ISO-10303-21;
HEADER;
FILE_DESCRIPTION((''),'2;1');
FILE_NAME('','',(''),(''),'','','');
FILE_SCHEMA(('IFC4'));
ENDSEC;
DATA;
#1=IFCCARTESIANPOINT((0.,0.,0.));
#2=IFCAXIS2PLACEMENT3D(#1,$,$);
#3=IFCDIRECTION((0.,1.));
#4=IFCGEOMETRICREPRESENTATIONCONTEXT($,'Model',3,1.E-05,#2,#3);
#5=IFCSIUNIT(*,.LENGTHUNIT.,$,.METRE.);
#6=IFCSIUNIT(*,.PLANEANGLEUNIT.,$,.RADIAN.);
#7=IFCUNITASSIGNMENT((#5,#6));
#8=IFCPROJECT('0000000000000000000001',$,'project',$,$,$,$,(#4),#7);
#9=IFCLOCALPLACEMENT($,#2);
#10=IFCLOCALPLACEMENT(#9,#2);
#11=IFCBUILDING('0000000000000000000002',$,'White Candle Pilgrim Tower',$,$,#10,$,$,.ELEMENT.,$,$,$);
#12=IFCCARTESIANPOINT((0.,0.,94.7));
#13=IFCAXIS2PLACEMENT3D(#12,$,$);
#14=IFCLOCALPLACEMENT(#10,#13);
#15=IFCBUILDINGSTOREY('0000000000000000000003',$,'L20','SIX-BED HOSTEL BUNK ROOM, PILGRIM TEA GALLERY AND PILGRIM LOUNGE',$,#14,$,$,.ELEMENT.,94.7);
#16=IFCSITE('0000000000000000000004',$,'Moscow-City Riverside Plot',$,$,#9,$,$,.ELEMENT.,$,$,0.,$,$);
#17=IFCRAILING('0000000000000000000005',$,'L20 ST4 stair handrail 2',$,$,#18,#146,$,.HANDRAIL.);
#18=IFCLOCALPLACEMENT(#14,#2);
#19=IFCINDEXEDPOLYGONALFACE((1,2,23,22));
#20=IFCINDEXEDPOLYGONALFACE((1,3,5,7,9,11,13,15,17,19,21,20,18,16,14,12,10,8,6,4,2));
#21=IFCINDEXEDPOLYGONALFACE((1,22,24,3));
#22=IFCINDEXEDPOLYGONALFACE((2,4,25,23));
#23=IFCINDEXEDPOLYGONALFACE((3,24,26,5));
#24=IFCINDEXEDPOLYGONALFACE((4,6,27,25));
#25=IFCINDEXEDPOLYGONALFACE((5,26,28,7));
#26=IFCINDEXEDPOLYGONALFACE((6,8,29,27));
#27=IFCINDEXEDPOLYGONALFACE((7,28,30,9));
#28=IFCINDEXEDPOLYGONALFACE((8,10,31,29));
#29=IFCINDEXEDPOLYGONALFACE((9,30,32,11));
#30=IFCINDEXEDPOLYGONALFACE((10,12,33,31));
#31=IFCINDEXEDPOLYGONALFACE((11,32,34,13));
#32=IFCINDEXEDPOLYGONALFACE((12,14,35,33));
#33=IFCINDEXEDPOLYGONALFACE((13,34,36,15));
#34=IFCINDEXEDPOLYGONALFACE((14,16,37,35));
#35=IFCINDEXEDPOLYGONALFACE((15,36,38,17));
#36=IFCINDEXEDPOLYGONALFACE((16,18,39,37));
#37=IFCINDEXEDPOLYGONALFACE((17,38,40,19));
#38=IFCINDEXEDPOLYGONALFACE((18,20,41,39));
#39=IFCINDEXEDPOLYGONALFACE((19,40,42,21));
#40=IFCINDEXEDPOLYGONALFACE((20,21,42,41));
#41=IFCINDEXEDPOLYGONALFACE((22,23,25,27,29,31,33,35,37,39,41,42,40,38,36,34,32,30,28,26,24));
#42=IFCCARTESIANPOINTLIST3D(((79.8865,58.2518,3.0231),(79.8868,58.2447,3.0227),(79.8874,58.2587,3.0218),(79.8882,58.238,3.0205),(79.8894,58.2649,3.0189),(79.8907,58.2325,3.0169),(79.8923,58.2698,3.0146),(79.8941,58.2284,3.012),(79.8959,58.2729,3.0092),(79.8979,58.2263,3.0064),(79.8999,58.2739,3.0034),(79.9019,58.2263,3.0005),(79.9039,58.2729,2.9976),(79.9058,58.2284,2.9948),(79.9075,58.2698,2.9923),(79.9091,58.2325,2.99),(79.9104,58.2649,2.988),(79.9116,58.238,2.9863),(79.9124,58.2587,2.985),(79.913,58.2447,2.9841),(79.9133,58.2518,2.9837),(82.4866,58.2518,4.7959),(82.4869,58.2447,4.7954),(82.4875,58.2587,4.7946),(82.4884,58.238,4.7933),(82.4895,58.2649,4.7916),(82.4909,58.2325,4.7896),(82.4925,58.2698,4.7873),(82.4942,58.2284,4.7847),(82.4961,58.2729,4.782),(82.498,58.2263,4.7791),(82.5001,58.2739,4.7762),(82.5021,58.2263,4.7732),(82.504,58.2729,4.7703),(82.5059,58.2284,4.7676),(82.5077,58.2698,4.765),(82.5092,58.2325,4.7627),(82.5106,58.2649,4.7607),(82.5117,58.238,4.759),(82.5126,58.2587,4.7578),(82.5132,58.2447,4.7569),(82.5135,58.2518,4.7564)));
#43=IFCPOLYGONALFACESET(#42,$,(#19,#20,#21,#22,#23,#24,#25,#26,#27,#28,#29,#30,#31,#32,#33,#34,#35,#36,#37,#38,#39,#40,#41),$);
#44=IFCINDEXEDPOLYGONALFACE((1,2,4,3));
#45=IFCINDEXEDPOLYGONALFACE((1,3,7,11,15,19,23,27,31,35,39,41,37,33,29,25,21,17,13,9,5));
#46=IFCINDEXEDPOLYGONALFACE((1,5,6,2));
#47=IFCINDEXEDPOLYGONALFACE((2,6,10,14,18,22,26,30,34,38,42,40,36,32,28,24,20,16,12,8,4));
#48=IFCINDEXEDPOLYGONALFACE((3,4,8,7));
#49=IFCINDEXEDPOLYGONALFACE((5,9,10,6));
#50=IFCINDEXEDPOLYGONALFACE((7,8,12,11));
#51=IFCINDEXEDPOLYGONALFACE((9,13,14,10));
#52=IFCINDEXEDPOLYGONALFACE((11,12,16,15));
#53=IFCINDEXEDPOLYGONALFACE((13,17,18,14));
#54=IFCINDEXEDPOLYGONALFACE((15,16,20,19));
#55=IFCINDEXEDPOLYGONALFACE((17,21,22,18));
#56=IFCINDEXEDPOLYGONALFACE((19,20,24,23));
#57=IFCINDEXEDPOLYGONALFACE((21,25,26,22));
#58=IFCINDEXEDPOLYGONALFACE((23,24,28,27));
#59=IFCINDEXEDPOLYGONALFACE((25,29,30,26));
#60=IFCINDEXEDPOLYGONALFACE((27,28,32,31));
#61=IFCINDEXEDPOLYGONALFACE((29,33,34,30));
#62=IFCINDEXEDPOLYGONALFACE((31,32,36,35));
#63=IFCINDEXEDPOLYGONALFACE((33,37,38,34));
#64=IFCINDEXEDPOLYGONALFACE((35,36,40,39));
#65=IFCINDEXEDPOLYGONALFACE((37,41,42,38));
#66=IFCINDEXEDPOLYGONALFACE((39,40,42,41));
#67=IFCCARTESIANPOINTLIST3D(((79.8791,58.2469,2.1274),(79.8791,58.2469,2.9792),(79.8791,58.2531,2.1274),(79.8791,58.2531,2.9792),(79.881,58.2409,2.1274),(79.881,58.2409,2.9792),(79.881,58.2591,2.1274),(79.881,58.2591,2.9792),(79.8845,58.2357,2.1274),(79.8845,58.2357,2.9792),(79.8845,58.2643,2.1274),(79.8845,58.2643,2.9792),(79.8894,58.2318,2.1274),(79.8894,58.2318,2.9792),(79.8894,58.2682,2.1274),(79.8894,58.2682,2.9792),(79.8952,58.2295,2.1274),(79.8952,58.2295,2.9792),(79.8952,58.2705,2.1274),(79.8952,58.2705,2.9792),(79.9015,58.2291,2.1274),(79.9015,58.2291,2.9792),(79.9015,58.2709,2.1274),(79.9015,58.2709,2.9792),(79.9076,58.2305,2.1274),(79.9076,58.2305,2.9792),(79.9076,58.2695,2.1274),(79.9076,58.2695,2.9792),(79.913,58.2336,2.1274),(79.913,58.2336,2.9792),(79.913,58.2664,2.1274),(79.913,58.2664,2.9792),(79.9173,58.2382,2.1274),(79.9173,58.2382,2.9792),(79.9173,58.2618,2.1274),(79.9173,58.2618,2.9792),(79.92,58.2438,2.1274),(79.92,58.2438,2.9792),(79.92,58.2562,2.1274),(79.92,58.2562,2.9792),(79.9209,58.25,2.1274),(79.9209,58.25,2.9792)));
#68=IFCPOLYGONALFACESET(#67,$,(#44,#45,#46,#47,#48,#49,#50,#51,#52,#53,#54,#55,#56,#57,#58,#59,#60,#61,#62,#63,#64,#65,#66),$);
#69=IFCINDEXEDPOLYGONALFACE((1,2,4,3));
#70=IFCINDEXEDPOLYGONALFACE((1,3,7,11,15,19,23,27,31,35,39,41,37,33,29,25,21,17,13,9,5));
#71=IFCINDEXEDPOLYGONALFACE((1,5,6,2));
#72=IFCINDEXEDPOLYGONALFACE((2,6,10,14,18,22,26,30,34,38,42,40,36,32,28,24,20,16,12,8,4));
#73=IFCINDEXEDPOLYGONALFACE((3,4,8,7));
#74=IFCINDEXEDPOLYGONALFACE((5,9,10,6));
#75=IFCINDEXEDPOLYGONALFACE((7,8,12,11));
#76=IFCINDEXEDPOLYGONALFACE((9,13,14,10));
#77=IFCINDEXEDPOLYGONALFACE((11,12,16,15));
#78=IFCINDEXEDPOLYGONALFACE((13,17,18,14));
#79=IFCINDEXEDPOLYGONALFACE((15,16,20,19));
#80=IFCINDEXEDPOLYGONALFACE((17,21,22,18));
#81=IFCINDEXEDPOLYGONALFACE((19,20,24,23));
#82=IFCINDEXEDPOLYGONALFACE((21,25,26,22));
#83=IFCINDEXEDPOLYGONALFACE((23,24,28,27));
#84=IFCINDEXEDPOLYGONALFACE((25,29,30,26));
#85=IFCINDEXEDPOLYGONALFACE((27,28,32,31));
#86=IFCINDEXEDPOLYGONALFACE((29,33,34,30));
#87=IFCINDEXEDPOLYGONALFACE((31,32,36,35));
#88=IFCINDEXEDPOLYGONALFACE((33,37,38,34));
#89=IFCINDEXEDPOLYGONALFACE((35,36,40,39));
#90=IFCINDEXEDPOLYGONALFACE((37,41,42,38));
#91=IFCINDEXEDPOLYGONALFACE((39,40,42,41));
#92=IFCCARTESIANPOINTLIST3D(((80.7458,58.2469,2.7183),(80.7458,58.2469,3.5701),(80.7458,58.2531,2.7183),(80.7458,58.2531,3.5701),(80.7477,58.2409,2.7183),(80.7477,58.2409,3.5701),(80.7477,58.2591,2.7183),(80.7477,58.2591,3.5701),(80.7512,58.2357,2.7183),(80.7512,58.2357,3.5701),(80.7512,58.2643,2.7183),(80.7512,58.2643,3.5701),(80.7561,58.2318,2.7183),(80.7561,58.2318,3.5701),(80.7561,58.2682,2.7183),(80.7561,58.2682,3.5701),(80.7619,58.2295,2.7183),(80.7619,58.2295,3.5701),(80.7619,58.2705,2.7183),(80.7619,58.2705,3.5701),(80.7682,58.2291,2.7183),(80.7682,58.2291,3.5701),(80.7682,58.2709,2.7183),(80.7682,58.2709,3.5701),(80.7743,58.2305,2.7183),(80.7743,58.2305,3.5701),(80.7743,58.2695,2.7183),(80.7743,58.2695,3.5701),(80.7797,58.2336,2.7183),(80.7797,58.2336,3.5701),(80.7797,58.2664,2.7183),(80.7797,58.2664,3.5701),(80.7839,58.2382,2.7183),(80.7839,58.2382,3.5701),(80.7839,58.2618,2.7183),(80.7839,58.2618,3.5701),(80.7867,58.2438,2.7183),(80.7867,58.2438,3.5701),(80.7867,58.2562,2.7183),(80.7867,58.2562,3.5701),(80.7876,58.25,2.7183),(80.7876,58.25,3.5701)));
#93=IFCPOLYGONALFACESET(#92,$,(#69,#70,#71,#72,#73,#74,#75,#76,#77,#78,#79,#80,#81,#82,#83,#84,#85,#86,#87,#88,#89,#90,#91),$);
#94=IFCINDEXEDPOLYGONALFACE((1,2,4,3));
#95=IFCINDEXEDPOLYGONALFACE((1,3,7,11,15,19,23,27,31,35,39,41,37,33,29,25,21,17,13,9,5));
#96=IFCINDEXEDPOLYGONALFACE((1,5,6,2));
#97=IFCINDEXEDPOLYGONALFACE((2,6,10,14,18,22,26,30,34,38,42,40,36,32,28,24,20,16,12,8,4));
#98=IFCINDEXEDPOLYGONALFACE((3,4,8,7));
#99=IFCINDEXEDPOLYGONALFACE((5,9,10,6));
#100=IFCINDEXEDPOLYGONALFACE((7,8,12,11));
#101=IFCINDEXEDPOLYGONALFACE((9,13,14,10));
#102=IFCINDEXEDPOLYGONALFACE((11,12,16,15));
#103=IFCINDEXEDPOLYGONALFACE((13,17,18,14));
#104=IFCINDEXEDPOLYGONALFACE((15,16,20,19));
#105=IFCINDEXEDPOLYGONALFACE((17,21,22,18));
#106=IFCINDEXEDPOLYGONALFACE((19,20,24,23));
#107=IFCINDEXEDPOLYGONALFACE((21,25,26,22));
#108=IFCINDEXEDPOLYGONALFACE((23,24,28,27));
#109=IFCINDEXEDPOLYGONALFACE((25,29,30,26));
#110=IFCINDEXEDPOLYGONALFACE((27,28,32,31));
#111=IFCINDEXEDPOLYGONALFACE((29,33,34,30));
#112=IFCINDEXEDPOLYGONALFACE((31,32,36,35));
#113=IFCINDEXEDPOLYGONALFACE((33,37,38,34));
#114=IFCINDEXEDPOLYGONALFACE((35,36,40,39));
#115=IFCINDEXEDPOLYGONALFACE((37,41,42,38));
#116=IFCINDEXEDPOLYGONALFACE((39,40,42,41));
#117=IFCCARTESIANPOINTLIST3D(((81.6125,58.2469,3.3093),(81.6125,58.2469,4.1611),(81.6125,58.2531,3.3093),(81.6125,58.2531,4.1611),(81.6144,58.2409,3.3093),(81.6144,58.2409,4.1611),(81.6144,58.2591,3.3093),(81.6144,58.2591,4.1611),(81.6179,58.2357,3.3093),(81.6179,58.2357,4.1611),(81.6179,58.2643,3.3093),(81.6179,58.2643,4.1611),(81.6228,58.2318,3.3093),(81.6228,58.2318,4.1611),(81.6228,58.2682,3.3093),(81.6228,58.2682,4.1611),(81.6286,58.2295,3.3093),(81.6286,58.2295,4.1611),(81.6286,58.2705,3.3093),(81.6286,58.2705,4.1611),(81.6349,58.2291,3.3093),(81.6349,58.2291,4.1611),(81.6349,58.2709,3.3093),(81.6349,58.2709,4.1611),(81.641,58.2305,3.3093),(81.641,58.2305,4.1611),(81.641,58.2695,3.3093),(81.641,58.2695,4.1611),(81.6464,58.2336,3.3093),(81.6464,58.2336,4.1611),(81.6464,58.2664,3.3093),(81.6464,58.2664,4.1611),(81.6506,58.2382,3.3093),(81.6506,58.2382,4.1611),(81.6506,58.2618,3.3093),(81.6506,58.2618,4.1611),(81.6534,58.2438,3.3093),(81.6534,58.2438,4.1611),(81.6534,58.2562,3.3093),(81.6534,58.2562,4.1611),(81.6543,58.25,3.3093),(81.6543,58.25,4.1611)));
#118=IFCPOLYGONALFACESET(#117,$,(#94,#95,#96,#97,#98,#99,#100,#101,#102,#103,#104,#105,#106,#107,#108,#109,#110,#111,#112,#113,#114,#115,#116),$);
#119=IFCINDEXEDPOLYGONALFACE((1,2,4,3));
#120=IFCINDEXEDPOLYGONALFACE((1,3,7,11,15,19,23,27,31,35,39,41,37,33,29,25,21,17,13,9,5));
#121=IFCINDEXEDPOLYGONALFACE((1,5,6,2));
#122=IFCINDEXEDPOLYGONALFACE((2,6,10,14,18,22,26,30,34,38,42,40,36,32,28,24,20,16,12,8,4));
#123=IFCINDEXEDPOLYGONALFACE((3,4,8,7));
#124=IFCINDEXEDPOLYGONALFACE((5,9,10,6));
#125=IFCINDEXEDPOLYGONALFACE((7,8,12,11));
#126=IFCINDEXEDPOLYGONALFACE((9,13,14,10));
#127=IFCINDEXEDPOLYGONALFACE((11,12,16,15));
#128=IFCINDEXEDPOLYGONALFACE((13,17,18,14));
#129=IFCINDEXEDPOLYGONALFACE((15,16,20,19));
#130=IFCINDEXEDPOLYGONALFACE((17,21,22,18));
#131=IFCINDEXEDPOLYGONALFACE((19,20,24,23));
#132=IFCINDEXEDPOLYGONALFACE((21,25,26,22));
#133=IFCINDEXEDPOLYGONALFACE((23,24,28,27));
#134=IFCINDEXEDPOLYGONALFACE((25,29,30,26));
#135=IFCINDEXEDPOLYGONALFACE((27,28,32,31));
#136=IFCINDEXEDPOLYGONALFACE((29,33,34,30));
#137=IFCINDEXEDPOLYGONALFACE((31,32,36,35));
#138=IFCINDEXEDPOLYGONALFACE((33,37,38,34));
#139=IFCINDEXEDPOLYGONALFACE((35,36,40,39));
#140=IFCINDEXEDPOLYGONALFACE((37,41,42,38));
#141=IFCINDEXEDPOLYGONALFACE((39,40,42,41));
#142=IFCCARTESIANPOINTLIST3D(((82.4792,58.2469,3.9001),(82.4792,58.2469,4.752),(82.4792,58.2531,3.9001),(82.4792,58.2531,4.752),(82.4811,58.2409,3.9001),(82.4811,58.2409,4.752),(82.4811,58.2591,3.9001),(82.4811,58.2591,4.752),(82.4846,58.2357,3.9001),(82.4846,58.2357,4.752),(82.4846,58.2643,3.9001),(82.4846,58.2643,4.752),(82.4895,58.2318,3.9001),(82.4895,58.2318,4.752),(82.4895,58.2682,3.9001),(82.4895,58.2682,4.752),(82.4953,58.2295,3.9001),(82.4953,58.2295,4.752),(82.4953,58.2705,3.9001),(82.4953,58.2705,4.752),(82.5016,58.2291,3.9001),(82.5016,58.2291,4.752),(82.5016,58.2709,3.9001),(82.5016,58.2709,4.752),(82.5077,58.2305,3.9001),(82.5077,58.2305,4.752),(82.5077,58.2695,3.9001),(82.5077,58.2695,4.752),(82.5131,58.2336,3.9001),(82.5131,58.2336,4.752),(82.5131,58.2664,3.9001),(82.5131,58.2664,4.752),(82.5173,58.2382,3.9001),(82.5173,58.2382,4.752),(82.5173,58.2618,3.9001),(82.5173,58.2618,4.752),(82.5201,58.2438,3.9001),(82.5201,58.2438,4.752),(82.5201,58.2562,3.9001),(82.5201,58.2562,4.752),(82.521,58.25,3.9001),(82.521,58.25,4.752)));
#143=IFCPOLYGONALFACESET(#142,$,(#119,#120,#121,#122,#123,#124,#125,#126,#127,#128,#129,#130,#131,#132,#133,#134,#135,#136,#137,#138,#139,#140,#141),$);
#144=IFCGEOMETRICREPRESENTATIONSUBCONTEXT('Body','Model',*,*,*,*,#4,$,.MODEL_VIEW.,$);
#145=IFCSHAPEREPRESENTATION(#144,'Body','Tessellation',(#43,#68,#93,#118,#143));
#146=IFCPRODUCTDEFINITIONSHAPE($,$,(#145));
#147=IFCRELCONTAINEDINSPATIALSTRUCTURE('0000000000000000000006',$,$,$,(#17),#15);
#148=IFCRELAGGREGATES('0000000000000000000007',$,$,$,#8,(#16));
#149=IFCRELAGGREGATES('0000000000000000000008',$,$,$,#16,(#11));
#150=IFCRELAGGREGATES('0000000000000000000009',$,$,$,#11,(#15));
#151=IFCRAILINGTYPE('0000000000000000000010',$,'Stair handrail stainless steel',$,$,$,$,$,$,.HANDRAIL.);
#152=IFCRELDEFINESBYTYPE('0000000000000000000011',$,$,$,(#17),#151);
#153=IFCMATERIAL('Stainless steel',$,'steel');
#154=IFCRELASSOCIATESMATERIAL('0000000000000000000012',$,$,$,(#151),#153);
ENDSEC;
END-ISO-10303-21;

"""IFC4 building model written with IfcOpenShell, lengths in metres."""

from ifc_helpers import new_model, si_unit, direction, frame, origin, origin_2d, place, context, subcontext, project, spatial, circle, extrude, material, type_object, element, save


model = new_model("IFC4")

# Units and contexts
model_context = context("Model", 3, precision=1e-05, world=origin(), true_north=direction((0.0, 1.0)))
body_context = subcontext(model_context, "Body", "Model", "MODEL_VIEW")
ifc_project = project(units=[si_unit("LENGTHUNIT", "METRE"), si_unit("PLANEANGLEUNIT", "RADIAN")], contexts=[model_context])

# Site, building, storey
site_placement = place(None, origin())
site = spatial("IfcSite", under=ifc_project, at=site_placement, Name="Moscow-City Riverside Plot", CompositionType="ELEMENT", RefElevation=0.0)
building_placement = place(site_placement, origin())
building = spatial("IfcBuilding", under=site, at=building_placement, Name="White Candle Pilgrim Tower", CompositionType="ELEMENT")
storey_placement = place(building_placement, frame((0.0, 0.0, 94.7)))
storey = spatial("IfcBuildingStorey", under=building, at=storey_placement, Name="L20", Description="SIX-BED HOSTEL BUNK ROOM, PILGRIM TEA GALLERY AND PILGRIM LOUNGE", CompositionType="ELEMENT", Elevation=94.7)

# Railing
ifc_material_1 = material(Name="Stainless steel", Category="steel")
railing_type_1 = type_object("IfcRailingType", Name="Stair handrail stainless steel", PredefinedType="HANDRAIL", material=ifc_material_1)
railing_1_placement = place(storey_placement, frame((79.8999, 58.25, 2.1274)))
element("IfcRailing", 1, at=railing_1_placement, inside=storey, type_object=railing_type_1, Name="L20 ST4 stair handrail 2", PredefinedType="HANDRAIL", context=body_context, shape_type="SweptSolid", body=[
    extrude(circle(Radius=0.0239, at=origin_2d()), frame((0.0, 0.0, 0.876), z_axis=(0.82624, 0.0, 0.563318), x_axis=(0.0, 1.0, 0.0)), (0.0, 0.0, 1.0), 3.147),
    extrude(circle(Radius=0.021, at=origin_2d()), origin(), (0.0, 0.0, 1.0), 0.8518),
    extrude(circle(Radius=0.021, at=origin_2d()), frame((0.8667, 0.0, 0.5908)), (0.0, 0.0, 1.0), 0.8518),
    extrude(circle(Radius=0.021, at=origin_2d()), frame((1.7334, 0.0, 1.1819)), (0.0, 0.0, 1.0), 0.8518),
    extrude(circle(Radius=0.021, at=origin_2d()), frame((2.6001, 0.0, 1.7727)), (0.0, 0.0, 1.0), 0.8518),
])

save(model, "model.ifc")
